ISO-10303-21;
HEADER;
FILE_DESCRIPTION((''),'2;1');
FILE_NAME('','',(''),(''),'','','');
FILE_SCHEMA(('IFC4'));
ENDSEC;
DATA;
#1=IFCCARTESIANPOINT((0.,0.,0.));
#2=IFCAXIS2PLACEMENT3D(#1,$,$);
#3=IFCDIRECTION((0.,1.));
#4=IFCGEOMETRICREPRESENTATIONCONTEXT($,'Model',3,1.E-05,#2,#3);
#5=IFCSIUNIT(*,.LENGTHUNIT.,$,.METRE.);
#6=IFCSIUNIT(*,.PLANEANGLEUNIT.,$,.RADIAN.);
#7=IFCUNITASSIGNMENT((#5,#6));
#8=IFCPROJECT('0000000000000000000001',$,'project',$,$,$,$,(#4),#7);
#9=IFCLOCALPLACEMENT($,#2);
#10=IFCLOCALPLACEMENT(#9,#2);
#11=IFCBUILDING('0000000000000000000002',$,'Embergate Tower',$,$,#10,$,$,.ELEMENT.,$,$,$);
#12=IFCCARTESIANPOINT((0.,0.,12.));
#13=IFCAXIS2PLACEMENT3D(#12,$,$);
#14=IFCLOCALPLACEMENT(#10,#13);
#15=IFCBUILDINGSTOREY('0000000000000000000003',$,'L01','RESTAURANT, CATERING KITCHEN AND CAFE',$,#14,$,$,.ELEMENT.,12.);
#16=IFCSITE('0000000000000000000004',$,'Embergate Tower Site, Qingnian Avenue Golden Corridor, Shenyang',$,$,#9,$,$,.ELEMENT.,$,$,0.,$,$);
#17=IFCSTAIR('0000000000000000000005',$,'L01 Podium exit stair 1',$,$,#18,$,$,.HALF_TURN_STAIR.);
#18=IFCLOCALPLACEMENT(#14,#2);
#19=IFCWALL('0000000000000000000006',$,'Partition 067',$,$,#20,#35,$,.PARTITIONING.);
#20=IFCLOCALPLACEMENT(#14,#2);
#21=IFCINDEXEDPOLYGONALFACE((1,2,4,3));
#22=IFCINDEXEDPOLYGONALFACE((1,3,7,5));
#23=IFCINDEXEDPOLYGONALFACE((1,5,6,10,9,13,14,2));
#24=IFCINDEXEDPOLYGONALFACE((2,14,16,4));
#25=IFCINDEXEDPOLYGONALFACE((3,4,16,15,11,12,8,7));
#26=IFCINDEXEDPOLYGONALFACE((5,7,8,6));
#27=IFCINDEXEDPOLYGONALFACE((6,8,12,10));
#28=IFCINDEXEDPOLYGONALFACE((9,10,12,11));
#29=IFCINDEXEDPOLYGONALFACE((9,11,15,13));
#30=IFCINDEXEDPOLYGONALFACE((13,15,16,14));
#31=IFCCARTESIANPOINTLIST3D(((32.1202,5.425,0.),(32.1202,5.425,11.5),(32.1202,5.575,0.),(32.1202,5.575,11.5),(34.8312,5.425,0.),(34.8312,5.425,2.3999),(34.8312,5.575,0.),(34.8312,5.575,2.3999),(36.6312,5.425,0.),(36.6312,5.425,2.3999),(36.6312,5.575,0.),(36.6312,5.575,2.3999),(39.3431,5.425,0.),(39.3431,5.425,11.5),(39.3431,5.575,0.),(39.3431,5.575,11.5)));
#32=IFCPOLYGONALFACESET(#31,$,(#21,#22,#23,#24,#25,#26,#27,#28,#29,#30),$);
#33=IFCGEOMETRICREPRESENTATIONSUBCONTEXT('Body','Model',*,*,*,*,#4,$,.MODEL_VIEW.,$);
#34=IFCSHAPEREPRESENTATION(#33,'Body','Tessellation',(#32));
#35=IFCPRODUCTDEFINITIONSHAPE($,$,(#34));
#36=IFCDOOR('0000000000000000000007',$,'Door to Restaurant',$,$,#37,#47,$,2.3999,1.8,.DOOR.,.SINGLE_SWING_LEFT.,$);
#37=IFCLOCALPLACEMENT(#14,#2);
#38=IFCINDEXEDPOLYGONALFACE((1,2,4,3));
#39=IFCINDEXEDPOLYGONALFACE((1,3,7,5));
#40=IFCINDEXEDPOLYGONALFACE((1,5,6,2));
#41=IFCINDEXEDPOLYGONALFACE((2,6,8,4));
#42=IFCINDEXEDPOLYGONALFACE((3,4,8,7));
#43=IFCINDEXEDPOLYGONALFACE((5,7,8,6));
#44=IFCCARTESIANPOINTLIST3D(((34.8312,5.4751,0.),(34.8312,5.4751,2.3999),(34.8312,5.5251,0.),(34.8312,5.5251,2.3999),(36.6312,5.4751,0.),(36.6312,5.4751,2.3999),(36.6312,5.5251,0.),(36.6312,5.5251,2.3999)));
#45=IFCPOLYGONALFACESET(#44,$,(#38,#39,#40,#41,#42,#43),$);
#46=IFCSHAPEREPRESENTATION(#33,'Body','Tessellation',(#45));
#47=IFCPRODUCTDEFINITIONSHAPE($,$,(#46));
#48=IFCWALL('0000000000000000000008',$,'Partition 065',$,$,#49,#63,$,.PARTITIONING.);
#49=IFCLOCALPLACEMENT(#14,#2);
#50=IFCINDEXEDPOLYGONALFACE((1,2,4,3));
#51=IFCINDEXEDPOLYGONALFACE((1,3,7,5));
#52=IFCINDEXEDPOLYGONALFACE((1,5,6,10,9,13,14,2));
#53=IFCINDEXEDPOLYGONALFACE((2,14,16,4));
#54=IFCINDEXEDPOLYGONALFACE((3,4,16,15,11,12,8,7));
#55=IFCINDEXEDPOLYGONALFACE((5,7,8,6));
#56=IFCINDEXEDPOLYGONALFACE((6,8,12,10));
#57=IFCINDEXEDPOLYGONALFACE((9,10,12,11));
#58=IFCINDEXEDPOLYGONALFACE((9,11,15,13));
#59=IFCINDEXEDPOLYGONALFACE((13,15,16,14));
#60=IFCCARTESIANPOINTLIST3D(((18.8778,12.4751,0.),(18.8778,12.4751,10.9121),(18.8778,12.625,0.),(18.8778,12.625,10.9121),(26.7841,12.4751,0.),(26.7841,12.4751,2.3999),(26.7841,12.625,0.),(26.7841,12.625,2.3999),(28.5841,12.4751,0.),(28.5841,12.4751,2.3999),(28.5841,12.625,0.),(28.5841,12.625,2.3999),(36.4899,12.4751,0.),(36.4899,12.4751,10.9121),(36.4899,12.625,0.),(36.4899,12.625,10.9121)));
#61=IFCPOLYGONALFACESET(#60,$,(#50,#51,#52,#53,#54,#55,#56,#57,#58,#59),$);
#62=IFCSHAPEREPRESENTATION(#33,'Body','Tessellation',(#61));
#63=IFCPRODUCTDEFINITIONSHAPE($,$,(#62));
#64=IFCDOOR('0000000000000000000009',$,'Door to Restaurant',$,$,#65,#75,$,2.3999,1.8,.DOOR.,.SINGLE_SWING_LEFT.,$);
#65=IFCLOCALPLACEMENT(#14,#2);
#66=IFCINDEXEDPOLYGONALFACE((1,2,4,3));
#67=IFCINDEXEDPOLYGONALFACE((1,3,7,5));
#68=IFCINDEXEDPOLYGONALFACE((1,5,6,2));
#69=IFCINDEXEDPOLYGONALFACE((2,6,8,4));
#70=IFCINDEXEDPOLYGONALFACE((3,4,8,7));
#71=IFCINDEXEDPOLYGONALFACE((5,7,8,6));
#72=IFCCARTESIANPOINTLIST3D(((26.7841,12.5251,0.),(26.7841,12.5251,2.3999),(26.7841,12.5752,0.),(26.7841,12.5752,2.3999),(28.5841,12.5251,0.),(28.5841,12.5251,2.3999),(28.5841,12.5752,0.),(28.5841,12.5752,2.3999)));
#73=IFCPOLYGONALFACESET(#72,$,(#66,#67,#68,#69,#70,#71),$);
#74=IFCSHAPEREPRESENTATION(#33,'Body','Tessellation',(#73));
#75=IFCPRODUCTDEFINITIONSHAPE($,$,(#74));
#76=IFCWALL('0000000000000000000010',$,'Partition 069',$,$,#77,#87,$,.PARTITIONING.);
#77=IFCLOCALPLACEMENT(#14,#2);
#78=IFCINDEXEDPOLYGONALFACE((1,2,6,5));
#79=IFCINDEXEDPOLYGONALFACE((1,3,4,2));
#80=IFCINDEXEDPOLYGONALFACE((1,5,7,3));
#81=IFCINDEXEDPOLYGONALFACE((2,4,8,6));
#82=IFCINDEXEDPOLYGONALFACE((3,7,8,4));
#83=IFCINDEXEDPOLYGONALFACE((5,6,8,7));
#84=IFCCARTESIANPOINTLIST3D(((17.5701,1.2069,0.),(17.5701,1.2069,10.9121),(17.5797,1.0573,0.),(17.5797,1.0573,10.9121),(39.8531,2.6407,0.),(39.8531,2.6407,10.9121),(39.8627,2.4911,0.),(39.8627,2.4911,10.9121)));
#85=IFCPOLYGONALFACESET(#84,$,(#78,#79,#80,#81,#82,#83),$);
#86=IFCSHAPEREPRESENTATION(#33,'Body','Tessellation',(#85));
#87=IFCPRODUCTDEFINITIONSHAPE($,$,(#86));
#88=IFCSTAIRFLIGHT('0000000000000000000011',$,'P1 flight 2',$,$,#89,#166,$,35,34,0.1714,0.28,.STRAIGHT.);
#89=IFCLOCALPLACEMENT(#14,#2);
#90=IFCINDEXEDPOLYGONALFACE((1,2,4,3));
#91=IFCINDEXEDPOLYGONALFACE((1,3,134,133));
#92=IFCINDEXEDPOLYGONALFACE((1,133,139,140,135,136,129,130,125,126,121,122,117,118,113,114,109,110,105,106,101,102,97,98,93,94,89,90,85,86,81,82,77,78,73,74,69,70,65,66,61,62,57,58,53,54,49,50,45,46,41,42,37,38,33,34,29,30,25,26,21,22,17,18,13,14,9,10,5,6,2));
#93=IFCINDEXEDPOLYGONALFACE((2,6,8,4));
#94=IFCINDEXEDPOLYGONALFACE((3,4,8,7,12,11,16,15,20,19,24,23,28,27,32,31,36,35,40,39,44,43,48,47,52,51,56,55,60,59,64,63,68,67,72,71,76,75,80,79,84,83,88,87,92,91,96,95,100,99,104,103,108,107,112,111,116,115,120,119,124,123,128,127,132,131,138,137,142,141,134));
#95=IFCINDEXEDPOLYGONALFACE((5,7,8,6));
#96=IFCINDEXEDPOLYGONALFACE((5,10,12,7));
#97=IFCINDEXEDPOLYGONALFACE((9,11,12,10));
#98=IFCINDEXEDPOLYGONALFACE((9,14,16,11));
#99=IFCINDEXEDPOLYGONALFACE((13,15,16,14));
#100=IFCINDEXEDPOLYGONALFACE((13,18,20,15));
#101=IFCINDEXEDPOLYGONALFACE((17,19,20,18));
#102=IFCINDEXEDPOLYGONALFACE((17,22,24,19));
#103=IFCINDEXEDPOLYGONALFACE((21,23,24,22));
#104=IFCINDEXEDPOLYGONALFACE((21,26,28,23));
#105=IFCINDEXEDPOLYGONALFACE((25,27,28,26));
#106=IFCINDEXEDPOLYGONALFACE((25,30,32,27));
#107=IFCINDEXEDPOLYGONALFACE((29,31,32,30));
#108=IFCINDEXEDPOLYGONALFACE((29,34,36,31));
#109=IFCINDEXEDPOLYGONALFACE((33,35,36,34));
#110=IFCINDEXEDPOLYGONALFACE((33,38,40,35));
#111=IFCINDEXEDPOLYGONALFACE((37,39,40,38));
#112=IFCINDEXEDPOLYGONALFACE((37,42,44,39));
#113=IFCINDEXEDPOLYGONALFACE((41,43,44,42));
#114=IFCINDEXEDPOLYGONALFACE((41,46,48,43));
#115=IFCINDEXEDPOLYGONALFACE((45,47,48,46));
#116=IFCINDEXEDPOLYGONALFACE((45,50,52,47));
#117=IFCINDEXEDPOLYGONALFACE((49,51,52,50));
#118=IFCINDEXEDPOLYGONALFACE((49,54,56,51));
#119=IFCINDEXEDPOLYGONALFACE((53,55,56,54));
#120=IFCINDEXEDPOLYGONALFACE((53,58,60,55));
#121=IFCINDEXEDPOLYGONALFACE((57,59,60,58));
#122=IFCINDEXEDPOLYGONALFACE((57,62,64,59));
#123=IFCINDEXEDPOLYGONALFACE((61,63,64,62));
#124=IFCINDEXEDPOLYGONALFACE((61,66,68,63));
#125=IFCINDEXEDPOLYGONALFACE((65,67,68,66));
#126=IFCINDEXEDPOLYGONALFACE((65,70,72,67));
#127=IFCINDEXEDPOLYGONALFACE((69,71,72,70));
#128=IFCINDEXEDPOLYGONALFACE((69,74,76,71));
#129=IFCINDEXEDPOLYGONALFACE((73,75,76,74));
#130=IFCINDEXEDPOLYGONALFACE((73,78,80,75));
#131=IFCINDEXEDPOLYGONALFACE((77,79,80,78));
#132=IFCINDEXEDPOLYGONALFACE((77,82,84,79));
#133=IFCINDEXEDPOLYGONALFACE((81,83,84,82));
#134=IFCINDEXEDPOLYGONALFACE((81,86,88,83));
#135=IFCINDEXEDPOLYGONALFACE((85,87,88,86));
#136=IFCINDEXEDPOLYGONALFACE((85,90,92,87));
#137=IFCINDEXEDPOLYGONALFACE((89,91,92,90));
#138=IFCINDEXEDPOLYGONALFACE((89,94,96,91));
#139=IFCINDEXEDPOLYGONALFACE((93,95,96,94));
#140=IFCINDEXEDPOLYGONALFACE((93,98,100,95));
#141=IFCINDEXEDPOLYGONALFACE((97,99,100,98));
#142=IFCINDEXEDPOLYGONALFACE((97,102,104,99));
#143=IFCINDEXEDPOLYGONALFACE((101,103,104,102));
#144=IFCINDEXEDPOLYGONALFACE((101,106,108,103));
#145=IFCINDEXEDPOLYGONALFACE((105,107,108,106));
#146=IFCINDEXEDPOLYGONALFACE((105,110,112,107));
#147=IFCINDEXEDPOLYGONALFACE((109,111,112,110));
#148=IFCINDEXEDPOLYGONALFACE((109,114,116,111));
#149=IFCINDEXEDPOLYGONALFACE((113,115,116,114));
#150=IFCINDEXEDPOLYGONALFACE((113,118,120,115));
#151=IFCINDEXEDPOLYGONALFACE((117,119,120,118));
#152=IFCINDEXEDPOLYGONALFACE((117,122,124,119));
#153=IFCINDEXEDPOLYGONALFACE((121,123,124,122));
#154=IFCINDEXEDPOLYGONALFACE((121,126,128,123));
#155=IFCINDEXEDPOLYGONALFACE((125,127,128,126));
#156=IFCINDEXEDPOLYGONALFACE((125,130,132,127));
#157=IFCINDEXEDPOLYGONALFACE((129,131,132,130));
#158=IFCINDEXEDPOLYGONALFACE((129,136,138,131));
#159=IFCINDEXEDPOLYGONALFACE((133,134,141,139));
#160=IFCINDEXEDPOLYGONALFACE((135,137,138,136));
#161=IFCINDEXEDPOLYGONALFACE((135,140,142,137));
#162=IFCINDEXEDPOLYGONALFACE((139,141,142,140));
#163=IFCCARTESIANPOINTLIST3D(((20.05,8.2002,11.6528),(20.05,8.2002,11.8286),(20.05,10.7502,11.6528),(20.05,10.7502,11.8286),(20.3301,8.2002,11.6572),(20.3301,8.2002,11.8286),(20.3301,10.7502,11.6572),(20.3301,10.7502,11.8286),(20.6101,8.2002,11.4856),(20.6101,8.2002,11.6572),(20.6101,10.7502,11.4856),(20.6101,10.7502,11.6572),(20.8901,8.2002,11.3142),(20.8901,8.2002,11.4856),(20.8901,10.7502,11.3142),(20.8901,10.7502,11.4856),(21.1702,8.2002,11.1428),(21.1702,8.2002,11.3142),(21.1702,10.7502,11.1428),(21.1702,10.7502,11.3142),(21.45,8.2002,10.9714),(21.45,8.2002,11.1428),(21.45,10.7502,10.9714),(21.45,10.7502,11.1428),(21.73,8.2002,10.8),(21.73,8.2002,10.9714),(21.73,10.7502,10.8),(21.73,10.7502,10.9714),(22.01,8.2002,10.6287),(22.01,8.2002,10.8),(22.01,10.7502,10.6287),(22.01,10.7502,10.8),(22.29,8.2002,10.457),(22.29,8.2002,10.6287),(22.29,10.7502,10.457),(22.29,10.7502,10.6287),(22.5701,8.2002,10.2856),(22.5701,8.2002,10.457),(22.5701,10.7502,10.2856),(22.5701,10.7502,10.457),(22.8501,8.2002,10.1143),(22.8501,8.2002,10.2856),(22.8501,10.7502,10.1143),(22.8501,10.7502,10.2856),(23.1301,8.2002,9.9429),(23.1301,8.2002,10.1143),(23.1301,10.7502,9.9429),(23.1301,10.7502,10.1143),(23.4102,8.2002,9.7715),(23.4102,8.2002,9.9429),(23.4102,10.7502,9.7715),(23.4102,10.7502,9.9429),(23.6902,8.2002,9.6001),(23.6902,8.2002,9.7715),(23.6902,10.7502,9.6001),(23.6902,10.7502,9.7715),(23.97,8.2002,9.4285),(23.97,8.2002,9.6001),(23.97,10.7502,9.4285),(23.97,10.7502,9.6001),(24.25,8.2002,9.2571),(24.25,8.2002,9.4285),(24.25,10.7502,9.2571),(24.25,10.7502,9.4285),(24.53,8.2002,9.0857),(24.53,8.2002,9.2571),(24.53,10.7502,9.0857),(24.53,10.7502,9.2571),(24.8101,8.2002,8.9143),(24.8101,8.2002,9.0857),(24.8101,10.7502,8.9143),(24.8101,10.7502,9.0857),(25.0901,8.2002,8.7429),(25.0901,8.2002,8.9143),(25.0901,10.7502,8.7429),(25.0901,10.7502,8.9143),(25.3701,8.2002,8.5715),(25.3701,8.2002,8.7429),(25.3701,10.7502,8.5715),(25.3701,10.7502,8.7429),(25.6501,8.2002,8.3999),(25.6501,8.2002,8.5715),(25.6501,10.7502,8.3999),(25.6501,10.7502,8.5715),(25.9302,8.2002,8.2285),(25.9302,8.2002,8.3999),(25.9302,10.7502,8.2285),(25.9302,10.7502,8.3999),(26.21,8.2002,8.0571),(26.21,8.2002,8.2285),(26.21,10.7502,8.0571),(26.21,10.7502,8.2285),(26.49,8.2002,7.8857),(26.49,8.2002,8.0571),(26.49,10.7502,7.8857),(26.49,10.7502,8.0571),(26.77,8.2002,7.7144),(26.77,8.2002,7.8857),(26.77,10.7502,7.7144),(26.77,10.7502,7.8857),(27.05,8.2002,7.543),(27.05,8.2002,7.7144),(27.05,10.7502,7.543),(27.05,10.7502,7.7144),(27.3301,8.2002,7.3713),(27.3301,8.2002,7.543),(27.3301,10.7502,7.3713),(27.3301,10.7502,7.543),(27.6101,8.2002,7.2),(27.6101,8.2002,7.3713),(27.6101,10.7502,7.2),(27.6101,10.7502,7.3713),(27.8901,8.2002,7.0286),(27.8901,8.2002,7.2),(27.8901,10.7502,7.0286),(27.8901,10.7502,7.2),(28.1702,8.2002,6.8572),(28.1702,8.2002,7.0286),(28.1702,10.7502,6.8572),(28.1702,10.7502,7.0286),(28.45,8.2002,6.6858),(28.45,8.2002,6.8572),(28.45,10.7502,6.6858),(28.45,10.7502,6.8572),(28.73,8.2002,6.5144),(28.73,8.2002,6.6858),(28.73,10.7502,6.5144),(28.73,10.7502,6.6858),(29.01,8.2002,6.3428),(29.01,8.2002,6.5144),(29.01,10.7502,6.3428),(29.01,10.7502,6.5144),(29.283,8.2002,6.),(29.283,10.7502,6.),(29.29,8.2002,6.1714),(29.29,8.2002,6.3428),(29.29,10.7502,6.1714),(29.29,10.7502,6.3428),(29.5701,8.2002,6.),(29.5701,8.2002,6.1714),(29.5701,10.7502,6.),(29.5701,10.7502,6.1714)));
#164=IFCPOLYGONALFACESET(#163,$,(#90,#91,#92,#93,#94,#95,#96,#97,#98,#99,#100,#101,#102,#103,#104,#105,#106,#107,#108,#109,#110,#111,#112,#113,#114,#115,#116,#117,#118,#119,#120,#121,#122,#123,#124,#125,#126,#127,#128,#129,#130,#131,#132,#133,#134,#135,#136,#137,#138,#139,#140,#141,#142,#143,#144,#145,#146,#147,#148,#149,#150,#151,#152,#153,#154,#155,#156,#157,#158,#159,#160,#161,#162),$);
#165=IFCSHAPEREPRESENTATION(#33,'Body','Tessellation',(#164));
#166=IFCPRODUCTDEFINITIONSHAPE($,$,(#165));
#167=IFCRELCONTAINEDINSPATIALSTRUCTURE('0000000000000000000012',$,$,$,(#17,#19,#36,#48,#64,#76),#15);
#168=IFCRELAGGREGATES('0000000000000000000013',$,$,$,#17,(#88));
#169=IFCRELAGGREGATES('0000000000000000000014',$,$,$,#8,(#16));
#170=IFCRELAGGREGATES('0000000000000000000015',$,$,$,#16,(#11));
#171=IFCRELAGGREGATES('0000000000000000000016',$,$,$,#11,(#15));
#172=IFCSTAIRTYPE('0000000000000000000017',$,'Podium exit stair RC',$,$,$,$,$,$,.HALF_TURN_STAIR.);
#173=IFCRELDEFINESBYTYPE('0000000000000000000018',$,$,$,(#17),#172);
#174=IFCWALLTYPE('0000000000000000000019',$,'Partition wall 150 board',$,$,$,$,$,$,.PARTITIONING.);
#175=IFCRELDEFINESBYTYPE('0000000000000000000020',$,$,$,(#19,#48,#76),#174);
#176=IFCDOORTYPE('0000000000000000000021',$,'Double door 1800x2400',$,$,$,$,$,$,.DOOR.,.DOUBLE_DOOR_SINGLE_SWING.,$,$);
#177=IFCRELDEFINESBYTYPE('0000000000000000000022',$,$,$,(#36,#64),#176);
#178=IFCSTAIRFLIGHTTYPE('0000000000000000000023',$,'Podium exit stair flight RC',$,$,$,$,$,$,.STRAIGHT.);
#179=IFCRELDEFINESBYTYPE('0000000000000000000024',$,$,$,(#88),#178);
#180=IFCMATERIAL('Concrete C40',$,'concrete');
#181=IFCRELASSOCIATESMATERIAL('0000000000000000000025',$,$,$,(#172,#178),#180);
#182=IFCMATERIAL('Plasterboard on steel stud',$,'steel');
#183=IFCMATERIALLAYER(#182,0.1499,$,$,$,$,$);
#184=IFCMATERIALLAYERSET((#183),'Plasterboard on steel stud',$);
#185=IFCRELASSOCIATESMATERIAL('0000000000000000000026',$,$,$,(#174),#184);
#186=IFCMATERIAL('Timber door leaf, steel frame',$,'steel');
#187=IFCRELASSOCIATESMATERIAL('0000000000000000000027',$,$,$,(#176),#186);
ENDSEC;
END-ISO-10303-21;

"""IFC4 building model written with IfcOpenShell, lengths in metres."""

from ifc_helpers import new_model, si_unit, direction, frame, frame_2d, origin, place, context, subcontext, project, spatial, polyline, rectangle, outline, extrude, source, transform, mapped, material, layer, layer_set, type_object, element, fill, aggregate, save


model = new_model("IFC4")

# Units and contexts
model_context = context("Model", 3, precision=1e-05, world=origin(), true_north=direction((0.0, 1.0)))
body_context = subcontext(model_context, "Body", "Model", "MODEL_VIEW")
ifc_project = project(units=[si_unit("LENGTHUNIT", "METRE"), si_unit("PLANEANGLEUNIT", "RADIAN")], contexts=[model_context])

# Site, building, storey
site_placement = place(None, origin())
site = spatial("IfcSite", under=ifc_project, at=site_placement, Name="Embergate Tower Site, Qingnian Avenue Golden Corridor, Shenyang", CompositionType="ELEMENT", RefElevation=0.0)
building_placement = place(site_placement, origin())
building = spatial("IfcBuilding", under=site, at=building_placement, Name="Embergate Tower", CompositionType="ELEMENT")
storey_placement = place(building_placement, frame((0.0, 0.0, 12.0)))
storey = spatial("IfcBuildingStorey", under=building, at=storey_placement, Name="L01", Description="RESTAURANT, CATERING KITCHEN AND CAFE", CompositionType="ELEMENT", Elevation=12.0)

# Stair
ifc_material_1 = material(Name="Concrete C40", Category="concrete")
stair_type = type_object("IfcStairType", Name="Podium exit stair RC", PredefinedType="HALF_TURN_STAIR", material=ifc_material_1)
stair_placement = place(storey_placement, origin())
stair = element("IfcStair", 1, at=stair_placement, inside=storey, type_object=stair_type, Name="L01 Podium exit stair 1", PredefinedType="HALF_TURN_STAIR")

# Shared definitions
ifc_material_2 = material(Name="Plasterboard on steel stud", Category="steel")
ifc_layer_1 = layer(ifc_material_2, 0.1499)
ifc_layer_set_1 = layer_set([ifc_layer_1], Name="Plasterboard on steel stud")
wall_type_1 = type_object("IfcWallType", Name="Partition wall 150 board", PredefinedType="PARTITIONING", material=ifc_layer_set_1)

# Walls, openings, doors
shared_shape_1 = source(origin(), body_context, "Body", "SweptSolid", [
    extrude(rectangle(XDim=7.2229, YDim=0.1499, at=frame_2d((3.6113, 0.0))), origin(), (0.0, 0.0, 1.0), 11.5),
])
wall_1_placement = place(storey_placement, frame((39.343, 5.5, 0.0), z_axis=(0.0, 0.0, 1.0), x_axis=(-1.0, 0.0, 0.0)))
wall_1 = element("IfcWall", 2, at=wall_1_placement, inside=storey, type_object=wall_type_1, Name="Partition 067", PredefinedType="PARTITIONING", context=body_context, shape_type="MappedRepresentation", body=[
    mapped(shared_shape_1, transform((0.0, 0.0, 0.0))),
])
shared_shape_2 = source(origin(), body_context, "Body", "SweptSolid", [
    extrude(rectangle(XDim=1.8, YDim=2.3999, at=frame_2d((0.8999, 1.2))), frame((0.0, 0.085, 0.0), z_axis=(0.0, -1.0, 0.0), x_axis=(1.0, 0.0, 0.0)), (0.0, 0.0, 1.0), 0.1699),
])
opening_1_placement = place(wall_1_placement, frame((2.7119, 0.0, 0.0)))
opening_1 = element("IfcOpeningElement", 3, at=opening_1_placement, cuts=wall_1, PredefinedType="OPENING", context=body_context, shape_type="MappedRepresentation", body=[
    mapped(shared_shape_2, transform((0.0, 0.0, 0.0))),
])
ifc_material_3 = material(Name="Timber door leaf, steel frame", Category="steel")
door_type = type_object("IfcDoorType", Name="Double door 1800x2400", OperationType="DOUBLE_DOOR_SINGLE_SWING", PredefinedType="DOOR", material=ifc_material_3)
shared_shape_3 = source(origin(), body_context, "Body", "SweptSolid", [
    extrude(rectangle(XDim=1.8, YDim=2.3999, at=frame_2d((0.8999, 1.2))), frame((0.0, 0.0249, 0.0), z_axis=(0.0, -1.0, 0.0), x_axis=(1.0, 0.0, 0.0)), (0.0, 0.0, 1.0), 0.05),
])
door_1_placement = place(opening_1_placement, origin())
door_1 = element("IfcDoor", 4, at=door_1_placement, inside=storey, type_object=door_type, Name="Door to Restaurant", OperationType="SINGLE_SWING_LEFT", OverallHeight=2.3999, OverallWidth=1.8, PredefinedType="DOOR", context=body_context, shape_type="MappedRepresentation", body=[
    mapped(shared_shape_3, transform((0.0, 0.0, 0.0))),
])
fill(opening_1, door_1)
shared_shape_4 = source(origin(), body_context, "Body", "SweptSolid", [
    extrude(rectangle(XDim=17.6121, YDim=0.1499, at=frame_2d((8.8062, 0.0))), origin(), (0.0, 0.0, 1.0), 10.9121),
])
wall_2_placement = place(storey_placement, frame((36.49, 12.55, 0.0), z_axis=(0.0, 0.0, 1.0), x_axis=(-1.0, 0.0, 0.0)))
wall_2 = element("IfcWall", 5, at=wall_2_placement, inside=storey, type_object=wall_type_1, Name="Partition 065", PredefinedType="PARTITIONING", context=body_context, shape_type="MappedRepresentation", body=[
    mapped(shared_shape_4, transform((0.0, 0.0, 0.0))),
])
opening_2_placement = place(wall_2_placement, frame((7.906, 0.0, 0.0)))
opening_2 = element("IfcOpeningElement", 6, at=opening_2_placement, cuts=wall_2, PredefinedType="OPENING", context=body_context, shape_type="MappedRepresentation", body=[
    mapped(shared_shape_2, transform((0.0, 0.0, 0.0))),
])
door_2_placement = place(opening_2_placement, origin())
door_2 = element("IfcDoor", 7, at=door_2_placement, inside=storey, type_object=door_type, Name="Door to Restaurant", OperationType="SINGLE_SWING_LEFT", OverallHeight=2.3999, OverallWidth=1.8, PredefinedType="DOOR", context=body_context, shape_type="MappedRepresentation", body=[
    mapped(shared_shape_3, transform((0.0, 0.0, 0.0))),
])
fill(opening_2, door_2)

# Wall
shared_shape_5 = source(origin(), body_context, "Body", "SweptSolid", [
    extrude(rectangle(XDim=22.3291, YDim=0.1499, at=frame_2d((11.1646, 0.0))), origin(), (0.0, 0.0, 1.0), 10.9121),
])
wall_3_placement = place(storey_placement, frame((39.8579, 2.5659, 0.0), z_axis=(0.0, 0.0, 1.0), x_axis=(-0.997936, -0.064214, 0.0)))
element("IfcWall", 8, at=wall_3_placement, inside=storey, type_object=wall_type_1, Name="Partition 069", PredefinedType="PARTITIONING", context=body_context, shape_type="MappedRepresentation", body=[
    mapped(shared_shape_5, transform((0.0, 0.0, 0.0))),
])

# Stair flight
stair_flight_type = type_object("IfcStairFlightType", Name="Podium exit stair flight RC", PredefinedType="STRAIGHT", material=ifc_material_1)
shared_shape_6 = source(origin(), body_context, "Body", "SweptSolid", [
    extrude(outline(polyline([(0.0, 0.0), (0.0, 0.1714), (0.28, 0.1714), (0.28, 0.3428), (0.5601, 0.3428), (0.5601, 0.5144), (0.8401, 0.5144), (0.8401, 0.6858), (1.1201, 0.6858), (1.1201, 0.8572), (1.3999, 0.8572), (1.3999, 1.0286), (1.6799, 1.0286), (1.6799, 1.2), (1.96, 1.2), (1.96, 1.3713), (2.24, 1.3713), (2.24, 1.543), (2.52, 1.543), (2.52, 1.7144), (2.8, 1.7144), (2.8, 1.8857), (3.0801, 1.8857), (3.0801, 2.0571), (3.3601, 2.0571), (3.3601, 2.2285), (3.6399, 2.2285), (3.6399, 2.3999), (3.9199, 2.3999), (3.9199, 2.5715), (4.2, 2.5715), (4.2, 2.7429), (4.48, 2.7429), (4.48, 2.9143), (4.76, 2.9143), (4.76, 3.0857), (5.04, 3.0857), (5.04, 3.2571), (5.3201, 3.2571), (5.3201, 3.4285), (5.6001, 3.4285), (5.6001, 3.6001), (5.8799, 3.6001), (5.8799, 3.7715), (6.1599, 3.7715), (6.1599, 3.9429), (6.4399, 3.9429), (6.4399, 4.1143), (6.72, 4.1143), (6.72, 4.2856), (7.0, 4.2856), (7.0, 4.457), (7.28, 4.457), (7.28, 4.6287), (7.5601, 4.6287), (7.5601, 4.8), (7.8401, 4.8), (7.8401, 4.9714), (8.1201, 4.9714), (8.1201, 5.1428), (8.3999, 5.1428), (8.3999, 5.3142), (8.6799, 5.3142), (8.6799, 5.4856), (8.96, 5.4856), (8.96, 5.6572), (9.24, 5.6572), (9.24, 5.8286), (9.52, 5.8286), (9.52, 6.0), (9.52, 5.6528), (0.2871, 0.0), (0.0, 0.0)])), frame((0.0, 1.2749, 0.0), z_axis=(0.0, -1.0, 0.0), x_axis=(1.0, 0.0, 0.0)), (0.0, 0.0, 1.0), 2.55),
])
stair_flight_placement = place(storey_placement, frame((29.5701, 9.4751, 6.0), z_axis=(0.0, 0.0, 1.0), x_axis=(-1.0, 0.0, 0.0)))
stair_flight = element("IfcStairFlight", 9, at=stair_flight_placement, type_object=stair_flight_type, Name="P1 flight 2", NumberOfRisers=35, NumberOfTreads=34, PredefinedType="STRAIGHT", RiserHeight=0.1714, TreadLength=0.28, context=body_context, shape_type="MappedRepresentation", body=[
    mapped(shared_shape_6, transform((0.0, 0.0, 0.0))),
])
aggregate(stair, [stair_flight])

save(model, "model.ifc")
